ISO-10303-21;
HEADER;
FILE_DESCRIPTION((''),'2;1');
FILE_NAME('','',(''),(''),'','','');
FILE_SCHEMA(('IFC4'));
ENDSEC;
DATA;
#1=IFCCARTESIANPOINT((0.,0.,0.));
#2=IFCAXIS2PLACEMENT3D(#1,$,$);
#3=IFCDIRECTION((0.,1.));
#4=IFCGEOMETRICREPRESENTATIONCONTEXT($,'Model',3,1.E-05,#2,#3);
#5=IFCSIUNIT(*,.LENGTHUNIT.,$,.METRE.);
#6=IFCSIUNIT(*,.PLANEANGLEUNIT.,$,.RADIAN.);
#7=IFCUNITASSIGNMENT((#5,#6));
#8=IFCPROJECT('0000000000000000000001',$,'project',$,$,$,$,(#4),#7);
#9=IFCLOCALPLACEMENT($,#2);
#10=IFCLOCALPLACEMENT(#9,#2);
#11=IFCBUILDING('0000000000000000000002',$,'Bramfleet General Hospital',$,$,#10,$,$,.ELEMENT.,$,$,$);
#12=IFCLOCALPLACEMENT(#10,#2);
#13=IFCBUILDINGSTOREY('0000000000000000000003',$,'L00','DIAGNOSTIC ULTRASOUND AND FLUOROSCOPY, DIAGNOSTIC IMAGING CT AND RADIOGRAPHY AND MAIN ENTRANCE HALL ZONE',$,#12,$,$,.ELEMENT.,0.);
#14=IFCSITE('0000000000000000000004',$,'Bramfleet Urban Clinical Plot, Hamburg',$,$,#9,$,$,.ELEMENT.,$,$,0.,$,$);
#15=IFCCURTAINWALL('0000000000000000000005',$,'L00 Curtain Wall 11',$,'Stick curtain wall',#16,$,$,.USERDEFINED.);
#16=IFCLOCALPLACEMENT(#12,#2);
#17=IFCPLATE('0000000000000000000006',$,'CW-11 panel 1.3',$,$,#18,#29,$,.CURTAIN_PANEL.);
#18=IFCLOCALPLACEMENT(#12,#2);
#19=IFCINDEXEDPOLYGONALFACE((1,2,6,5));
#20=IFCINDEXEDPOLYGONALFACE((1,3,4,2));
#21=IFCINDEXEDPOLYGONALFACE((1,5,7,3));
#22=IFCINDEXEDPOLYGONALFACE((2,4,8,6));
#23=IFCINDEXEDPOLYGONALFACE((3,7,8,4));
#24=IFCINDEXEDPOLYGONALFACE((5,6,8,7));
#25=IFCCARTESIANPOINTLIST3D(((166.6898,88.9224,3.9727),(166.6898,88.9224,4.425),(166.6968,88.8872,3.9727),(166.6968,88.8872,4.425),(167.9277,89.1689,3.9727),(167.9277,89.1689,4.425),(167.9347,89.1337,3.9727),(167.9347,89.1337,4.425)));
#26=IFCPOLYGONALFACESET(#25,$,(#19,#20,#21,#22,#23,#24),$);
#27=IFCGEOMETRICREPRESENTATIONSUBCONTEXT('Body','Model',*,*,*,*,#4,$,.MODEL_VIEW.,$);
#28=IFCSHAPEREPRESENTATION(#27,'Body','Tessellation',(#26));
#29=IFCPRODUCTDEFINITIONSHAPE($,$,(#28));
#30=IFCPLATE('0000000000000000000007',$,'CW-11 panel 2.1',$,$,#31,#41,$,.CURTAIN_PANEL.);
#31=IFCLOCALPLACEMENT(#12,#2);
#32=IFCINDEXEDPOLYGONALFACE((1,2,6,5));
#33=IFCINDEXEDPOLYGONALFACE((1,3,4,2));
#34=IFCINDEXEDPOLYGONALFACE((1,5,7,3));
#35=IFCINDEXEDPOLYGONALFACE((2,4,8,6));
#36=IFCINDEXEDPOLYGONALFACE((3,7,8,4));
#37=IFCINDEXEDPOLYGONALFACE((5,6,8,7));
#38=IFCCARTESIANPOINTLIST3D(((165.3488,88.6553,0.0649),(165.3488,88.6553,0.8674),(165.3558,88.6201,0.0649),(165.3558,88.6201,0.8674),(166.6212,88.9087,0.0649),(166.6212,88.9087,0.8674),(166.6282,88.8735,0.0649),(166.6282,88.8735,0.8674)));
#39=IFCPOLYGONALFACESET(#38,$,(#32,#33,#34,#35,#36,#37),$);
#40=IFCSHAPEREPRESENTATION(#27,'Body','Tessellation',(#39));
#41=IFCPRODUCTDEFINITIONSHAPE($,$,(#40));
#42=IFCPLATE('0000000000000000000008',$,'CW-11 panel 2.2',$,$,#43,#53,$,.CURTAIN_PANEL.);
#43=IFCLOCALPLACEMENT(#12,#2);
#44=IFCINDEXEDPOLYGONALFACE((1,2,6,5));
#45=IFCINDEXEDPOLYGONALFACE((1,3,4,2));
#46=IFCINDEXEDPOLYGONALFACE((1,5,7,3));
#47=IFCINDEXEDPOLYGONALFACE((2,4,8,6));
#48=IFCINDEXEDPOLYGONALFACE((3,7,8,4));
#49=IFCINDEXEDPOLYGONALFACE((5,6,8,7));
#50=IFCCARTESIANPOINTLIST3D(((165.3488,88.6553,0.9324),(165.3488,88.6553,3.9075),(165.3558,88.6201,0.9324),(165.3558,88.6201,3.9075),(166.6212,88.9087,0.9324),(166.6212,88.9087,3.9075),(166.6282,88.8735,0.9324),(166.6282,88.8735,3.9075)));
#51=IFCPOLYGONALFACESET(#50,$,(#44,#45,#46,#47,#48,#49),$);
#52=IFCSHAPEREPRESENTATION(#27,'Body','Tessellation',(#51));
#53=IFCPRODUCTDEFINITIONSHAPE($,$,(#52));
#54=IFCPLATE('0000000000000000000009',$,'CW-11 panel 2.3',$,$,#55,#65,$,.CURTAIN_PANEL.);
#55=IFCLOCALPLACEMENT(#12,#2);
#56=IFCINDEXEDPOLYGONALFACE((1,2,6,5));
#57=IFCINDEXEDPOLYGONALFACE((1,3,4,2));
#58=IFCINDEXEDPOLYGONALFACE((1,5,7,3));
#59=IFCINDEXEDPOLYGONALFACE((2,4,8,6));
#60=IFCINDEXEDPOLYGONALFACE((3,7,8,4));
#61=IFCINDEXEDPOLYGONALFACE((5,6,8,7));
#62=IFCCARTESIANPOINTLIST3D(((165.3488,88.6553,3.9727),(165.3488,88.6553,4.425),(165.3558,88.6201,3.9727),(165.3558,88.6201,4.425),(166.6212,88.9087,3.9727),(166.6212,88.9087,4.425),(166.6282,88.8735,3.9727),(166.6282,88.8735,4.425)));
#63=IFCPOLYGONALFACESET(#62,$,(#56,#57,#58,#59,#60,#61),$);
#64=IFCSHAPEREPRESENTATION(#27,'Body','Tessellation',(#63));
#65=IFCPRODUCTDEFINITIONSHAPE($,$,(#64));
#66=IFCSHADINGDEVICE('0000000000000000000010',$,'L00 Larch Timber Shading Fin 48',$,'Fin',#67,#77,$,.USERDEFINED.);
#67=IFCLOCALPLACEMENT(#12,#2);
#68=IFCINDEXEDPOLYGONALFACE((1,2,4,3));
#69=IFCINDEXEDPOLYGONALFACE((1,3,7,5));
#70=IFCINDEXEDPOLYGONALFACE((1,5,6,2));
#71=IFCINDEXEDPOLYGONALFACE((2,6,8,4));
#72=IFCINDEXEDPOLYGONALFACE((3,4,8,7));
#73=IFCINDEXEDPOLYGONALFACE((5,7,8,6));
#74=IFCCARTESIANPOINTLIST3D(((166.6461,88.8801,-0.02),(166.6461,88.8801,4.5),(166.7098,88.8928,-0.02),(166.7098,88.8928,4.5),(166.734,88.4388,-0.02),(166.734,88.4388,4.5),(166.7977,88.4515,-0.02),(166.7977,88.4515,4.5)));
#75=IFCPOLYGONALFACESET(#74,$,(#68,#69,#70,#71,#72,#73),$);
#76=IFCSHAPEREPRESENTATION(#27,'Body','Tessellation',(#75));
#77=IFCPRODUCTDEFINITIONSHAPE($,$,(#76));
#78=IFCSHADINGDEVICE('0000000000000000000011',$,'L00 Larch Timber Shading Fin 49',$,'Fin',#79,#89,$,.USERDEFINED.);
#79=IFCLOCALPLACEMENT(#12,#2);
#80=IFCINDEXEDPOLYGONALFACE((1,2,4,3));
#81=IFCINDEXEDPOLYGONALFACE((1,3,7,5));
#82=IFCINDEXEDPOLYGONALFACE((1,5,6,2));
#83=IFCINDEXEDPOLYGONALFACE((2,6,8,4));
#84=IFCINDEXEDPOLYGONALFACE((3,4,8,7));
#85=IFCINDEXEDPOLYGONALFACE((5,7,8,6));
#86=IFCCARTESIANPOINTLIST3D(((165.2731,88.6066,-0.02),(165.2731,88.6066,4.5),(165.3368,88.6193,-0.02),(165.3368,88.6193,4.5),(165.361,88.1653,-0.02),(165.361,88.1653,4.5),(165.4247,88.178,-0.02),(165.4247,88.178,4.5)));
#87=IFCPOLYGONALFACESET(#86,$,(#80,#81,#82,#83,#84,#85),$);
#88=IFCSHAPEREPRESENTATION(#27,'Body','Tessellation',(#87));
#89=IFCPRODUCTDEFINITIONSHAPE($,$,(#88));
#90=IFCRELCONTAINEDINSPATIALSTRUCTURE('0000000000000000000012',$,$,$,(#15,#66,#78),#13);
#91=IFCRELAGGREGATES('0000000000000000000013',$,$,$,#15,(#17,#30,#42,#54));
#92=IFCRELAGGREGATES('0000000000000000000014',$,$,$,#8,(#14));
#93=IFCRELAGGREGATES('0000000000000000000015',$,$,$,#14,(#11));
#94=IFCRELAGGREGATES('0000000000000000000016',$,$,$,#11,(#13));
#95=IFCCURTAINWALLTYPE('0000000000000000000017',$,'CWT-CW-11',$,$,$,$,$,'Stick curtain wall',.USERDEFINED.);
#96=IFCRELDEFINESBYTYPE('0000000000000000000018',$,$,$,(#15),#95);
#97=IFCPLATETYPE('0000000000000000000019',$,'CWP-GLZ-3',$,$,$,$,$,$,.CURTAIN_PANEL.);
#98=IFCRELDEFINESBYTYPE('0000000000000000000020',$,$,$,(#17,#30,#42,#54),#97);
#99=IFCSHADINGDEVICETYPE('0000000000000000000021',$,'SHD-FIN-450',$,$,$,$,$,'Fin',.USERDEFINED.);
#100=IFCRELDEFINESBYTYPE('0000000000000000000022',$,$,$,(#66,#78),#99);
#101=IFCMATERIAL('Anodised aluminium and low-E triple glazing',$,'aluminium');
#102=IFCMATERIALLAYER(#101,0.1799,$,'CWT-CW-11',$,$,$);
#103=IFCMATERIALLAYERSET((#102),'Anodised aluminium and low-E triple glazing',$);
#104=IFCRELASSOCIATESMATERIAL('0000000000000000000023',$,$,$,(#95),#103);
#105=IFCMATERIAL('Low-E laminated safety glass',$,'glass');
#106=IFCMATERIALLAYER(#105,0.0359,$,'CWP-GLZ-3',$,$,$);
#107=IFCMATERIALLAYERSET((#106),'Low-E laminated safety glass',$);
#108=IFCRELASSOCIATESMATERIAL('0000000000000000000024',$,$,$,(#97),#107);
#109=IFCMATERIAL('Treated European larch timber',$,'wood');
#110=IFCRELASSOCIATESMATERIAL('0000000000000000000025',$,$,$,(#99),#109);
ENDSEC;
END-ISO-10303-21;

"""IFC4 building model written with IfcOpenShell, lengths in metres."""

from ifc_helpers import new_model, si_unit, direction, frame, origin, origin_2d, place, context, subcontext, project, spatial, rectangle, extrude, material, layer, layer_set, material_profile, profile_set, type_object, element, aggregate, save


model = new_model("IFC4")

# Units and contexts
model_context = context("Model", 3, precision=1e-05, world=origin(), true_north=direction((0.0, 1.0)))
body_context = subcontext(model_context, "Body", "Model", "MODEL_VIEW")
ifc_project = project(units=[si_unit("LENGTHUNIT", "METRE"), si_unit("PLANEANGLEUNIT", "RADIAN")], contexts=[model_context])

# Site, building, storey
site_placement = place(None, origin())
site = spatial("IfcSite", under=ifc_project, at=site_placement, Name="Bramfleet Urban Clinical Plot, Hamburg", CompositionType="ELEMENT", RefElevation=0.0)
building_placement = place(site_placement, origin())
building = spatial("IfcBuilding", under=site, at=building_placement, Name="Bramfleet General Hospital", CompositionType="ELEMENT")
storey_placement = place(building_placement, origin())
storey = spatial("IfcBuildingStorey", under=building, at=storey_placement, Name="L00", Description="DIAGNOSTIC ULTRASOUND AND FLUOROSCOPY, DIAGNOSTIC IMAGING CT AND RADIOGRAPHY AND MAIN ENTRANCE HALL ZONE", CompositionType="ELEMENT", Elevation=0.0)

# Curtain wall
ifc_material_1 = material(Name="Anodised aluminium and low-E triple glazing", Category="aluminium")
ifc_layer_1 = layer(ifc_material_1, 0.1799, Name="CWT-CW-11")
ifc_layer_set_1 = layer_set([ifc_layer_1], Name="Anodised aluminium and low-E triple glazing")
curtain_wall_type_1 = type_object("IfcCurtainWallType", Name="CWT-CW-11", ElementType="Stick curtain wall", PredefinedType="USERDEFINED", material=ifc_layer_set_1)
curtain_wall_1_placement = place(storey_placement, origin())
curtain_wall_1 = element("IfcCurtainWall", 1, at=curtain_wall_1_placement, inside=storey, type_object=curtain_wall_type_1, Name="L00 Curtain Wall 11", ObjectType="Stick curtain wall", PredefinedType="USERDEFINED")

# Plates
ifc_material_2 = material(Name="Low-E laminated safety glass", Category="glass")
ifc_layer_2 = layer(ifc_material_2, 0.0359, Name="CWP-GLZ-3")
ifc_layer_set_2 = layer_set([ifc_layer_2], Name="Low-E laminated safety glass")
plate_type_1 = type_object("IfcPlateType", Name="CWP-GLZ-3", PredefinedType="CURTAIN_PANEL", material=ifc_layer_set_2)
plate_1_placement = place(storey_placement, frame((167.3123, 89.0281, 3.9727), z_axis=(0.0, 0.0, 1.0), x_axis=(-0.980749, -0.195272, 0.0)))
plate_1 = element("IfcPlate", 2, at=plate_1_placement, type_object=plate_type_1, Name="CW-11 panel 1.3", PredefinedType="CURTAIN_PANEL", context=body_context, shape_type="SweptSolid", body=[
    extrude(rectangle(XDim=1.2622, YDim=0.0359, at=origin_2d()), origin(), (0.0, 0.0, 1.0), 0.4524),
])
plate_2_placement = place(storey_placement, frame((165.9885, 88.7644, 0.0649), z_axis=(0.0, 0.0, 1.0), x_axis=(-0.980749, -0.195272, 0.0)))
plate_2 = element("IfcPlate", 3, at=plate_2_placement, type_object=plate_type_1, Name="CW-11 panel 2.1", PredefinedType="CURTAIN_PANEL", context=body_context, shape_type="SweptSolid", body=[
    extrude(rectangle(XDim=1.2974, YDim=0.0359, at=origin_2d()), origin(), (0.0, 0.0, 1.0), 0.8025),
])
plate_3_placement = place(storey_placement, frame((165.9885, 88.7644, 0.9324), z_axis=(0.0, 0.0, 1.0), x_axis=(-0.980749, -0.195272, 0.0)))
plate_3 = element("IfcPlate", 4, at=plate_3_placement, type_object=plate_type_1, Name="CW-11 panel 2.2", PredefinedType="CURTAIN_PANEL", context=body_context, shape_type="SweptSolid", body=[
    extrude(rectangle(XDim=1.2974, YDim=0.0359, at=origin_2d()), origin(), (0.0, 0.0, 1.0), 2.9751),
])
plate_4_placement = place(storey_placement, frame((165.9885, 88.7644, 3.9727), z_axis=(0.0, 0.0, 1.0), x_axis=(-0.980749, -0.195272, 0.0)))
plate_4 = element("IfcPlate", 5, at=plate_4_placement, type_object=plate_type_1, Name="CW-11 panel 2.3", PredefinedType="CURTAIN_PANEL", context=body_context, shape_type="SweptSolid", body=[
    extrude(rectangle(XDim=1.2974, YDim=0.0359, at=origin_2d()), origin(), (0.0, 0.0, 1.0), 0.4524),
])
aggregate(curtain_wall_1, [plate_1, plate_2, plate_3, plate_4])

# Shading devices
ifc_material_3 = material(Name="Treated European larch timber", Category="wood")
ifc_material_profile_1 = material_profile(ifc_material_3, rectangle(XDim=0.0649, YDim=0.45, at=origin_2d()), Name="LARCH FIN 450x65")
ifc_profile_set_1 = profile_set([ifc_material_profile_1], Name="Treated European larch timber")
shading_device_type = type_object("IfcShadingDeviceType", Name="SHD-FIN-450", ElementType="Fin", PredefinedType="USERDEFINED", material=ifc_profile_set_1)
for number, where, z_axis, x_axis, name in (
    (6, (166.7219, 88.6658, -0.02), (0.0, 0.0, 1.0), (-0.980749, -0.195272, 0.0), "L00 Larch Timber Shading Fin 48"),
    (7, (165.3489, 88.3923, -0.02), (0.0, 0.0, 1.0), (-0.980749, -0.195272, 0.0), "L00 Larch Timber Shading Fin 49"),
):
    element("IfcShadingDevice", number, at=place(storey_placement, frame(where, z_axis=z_axis, x_axis=x_axis)), inside=storey, type_object=shading_device_type, Name=name, ObjectType="Fin", PredefinedType="USERDEFINED", context=body_context, shape_type="SweptSolid", body=[
        extrude(rectangle(XDim=0.0649, YDim=0.45, at=origin_2d()), origin(), (0.0, 0.0, 1.0), 4.52),
    ])

save(model, "model.ifc")
